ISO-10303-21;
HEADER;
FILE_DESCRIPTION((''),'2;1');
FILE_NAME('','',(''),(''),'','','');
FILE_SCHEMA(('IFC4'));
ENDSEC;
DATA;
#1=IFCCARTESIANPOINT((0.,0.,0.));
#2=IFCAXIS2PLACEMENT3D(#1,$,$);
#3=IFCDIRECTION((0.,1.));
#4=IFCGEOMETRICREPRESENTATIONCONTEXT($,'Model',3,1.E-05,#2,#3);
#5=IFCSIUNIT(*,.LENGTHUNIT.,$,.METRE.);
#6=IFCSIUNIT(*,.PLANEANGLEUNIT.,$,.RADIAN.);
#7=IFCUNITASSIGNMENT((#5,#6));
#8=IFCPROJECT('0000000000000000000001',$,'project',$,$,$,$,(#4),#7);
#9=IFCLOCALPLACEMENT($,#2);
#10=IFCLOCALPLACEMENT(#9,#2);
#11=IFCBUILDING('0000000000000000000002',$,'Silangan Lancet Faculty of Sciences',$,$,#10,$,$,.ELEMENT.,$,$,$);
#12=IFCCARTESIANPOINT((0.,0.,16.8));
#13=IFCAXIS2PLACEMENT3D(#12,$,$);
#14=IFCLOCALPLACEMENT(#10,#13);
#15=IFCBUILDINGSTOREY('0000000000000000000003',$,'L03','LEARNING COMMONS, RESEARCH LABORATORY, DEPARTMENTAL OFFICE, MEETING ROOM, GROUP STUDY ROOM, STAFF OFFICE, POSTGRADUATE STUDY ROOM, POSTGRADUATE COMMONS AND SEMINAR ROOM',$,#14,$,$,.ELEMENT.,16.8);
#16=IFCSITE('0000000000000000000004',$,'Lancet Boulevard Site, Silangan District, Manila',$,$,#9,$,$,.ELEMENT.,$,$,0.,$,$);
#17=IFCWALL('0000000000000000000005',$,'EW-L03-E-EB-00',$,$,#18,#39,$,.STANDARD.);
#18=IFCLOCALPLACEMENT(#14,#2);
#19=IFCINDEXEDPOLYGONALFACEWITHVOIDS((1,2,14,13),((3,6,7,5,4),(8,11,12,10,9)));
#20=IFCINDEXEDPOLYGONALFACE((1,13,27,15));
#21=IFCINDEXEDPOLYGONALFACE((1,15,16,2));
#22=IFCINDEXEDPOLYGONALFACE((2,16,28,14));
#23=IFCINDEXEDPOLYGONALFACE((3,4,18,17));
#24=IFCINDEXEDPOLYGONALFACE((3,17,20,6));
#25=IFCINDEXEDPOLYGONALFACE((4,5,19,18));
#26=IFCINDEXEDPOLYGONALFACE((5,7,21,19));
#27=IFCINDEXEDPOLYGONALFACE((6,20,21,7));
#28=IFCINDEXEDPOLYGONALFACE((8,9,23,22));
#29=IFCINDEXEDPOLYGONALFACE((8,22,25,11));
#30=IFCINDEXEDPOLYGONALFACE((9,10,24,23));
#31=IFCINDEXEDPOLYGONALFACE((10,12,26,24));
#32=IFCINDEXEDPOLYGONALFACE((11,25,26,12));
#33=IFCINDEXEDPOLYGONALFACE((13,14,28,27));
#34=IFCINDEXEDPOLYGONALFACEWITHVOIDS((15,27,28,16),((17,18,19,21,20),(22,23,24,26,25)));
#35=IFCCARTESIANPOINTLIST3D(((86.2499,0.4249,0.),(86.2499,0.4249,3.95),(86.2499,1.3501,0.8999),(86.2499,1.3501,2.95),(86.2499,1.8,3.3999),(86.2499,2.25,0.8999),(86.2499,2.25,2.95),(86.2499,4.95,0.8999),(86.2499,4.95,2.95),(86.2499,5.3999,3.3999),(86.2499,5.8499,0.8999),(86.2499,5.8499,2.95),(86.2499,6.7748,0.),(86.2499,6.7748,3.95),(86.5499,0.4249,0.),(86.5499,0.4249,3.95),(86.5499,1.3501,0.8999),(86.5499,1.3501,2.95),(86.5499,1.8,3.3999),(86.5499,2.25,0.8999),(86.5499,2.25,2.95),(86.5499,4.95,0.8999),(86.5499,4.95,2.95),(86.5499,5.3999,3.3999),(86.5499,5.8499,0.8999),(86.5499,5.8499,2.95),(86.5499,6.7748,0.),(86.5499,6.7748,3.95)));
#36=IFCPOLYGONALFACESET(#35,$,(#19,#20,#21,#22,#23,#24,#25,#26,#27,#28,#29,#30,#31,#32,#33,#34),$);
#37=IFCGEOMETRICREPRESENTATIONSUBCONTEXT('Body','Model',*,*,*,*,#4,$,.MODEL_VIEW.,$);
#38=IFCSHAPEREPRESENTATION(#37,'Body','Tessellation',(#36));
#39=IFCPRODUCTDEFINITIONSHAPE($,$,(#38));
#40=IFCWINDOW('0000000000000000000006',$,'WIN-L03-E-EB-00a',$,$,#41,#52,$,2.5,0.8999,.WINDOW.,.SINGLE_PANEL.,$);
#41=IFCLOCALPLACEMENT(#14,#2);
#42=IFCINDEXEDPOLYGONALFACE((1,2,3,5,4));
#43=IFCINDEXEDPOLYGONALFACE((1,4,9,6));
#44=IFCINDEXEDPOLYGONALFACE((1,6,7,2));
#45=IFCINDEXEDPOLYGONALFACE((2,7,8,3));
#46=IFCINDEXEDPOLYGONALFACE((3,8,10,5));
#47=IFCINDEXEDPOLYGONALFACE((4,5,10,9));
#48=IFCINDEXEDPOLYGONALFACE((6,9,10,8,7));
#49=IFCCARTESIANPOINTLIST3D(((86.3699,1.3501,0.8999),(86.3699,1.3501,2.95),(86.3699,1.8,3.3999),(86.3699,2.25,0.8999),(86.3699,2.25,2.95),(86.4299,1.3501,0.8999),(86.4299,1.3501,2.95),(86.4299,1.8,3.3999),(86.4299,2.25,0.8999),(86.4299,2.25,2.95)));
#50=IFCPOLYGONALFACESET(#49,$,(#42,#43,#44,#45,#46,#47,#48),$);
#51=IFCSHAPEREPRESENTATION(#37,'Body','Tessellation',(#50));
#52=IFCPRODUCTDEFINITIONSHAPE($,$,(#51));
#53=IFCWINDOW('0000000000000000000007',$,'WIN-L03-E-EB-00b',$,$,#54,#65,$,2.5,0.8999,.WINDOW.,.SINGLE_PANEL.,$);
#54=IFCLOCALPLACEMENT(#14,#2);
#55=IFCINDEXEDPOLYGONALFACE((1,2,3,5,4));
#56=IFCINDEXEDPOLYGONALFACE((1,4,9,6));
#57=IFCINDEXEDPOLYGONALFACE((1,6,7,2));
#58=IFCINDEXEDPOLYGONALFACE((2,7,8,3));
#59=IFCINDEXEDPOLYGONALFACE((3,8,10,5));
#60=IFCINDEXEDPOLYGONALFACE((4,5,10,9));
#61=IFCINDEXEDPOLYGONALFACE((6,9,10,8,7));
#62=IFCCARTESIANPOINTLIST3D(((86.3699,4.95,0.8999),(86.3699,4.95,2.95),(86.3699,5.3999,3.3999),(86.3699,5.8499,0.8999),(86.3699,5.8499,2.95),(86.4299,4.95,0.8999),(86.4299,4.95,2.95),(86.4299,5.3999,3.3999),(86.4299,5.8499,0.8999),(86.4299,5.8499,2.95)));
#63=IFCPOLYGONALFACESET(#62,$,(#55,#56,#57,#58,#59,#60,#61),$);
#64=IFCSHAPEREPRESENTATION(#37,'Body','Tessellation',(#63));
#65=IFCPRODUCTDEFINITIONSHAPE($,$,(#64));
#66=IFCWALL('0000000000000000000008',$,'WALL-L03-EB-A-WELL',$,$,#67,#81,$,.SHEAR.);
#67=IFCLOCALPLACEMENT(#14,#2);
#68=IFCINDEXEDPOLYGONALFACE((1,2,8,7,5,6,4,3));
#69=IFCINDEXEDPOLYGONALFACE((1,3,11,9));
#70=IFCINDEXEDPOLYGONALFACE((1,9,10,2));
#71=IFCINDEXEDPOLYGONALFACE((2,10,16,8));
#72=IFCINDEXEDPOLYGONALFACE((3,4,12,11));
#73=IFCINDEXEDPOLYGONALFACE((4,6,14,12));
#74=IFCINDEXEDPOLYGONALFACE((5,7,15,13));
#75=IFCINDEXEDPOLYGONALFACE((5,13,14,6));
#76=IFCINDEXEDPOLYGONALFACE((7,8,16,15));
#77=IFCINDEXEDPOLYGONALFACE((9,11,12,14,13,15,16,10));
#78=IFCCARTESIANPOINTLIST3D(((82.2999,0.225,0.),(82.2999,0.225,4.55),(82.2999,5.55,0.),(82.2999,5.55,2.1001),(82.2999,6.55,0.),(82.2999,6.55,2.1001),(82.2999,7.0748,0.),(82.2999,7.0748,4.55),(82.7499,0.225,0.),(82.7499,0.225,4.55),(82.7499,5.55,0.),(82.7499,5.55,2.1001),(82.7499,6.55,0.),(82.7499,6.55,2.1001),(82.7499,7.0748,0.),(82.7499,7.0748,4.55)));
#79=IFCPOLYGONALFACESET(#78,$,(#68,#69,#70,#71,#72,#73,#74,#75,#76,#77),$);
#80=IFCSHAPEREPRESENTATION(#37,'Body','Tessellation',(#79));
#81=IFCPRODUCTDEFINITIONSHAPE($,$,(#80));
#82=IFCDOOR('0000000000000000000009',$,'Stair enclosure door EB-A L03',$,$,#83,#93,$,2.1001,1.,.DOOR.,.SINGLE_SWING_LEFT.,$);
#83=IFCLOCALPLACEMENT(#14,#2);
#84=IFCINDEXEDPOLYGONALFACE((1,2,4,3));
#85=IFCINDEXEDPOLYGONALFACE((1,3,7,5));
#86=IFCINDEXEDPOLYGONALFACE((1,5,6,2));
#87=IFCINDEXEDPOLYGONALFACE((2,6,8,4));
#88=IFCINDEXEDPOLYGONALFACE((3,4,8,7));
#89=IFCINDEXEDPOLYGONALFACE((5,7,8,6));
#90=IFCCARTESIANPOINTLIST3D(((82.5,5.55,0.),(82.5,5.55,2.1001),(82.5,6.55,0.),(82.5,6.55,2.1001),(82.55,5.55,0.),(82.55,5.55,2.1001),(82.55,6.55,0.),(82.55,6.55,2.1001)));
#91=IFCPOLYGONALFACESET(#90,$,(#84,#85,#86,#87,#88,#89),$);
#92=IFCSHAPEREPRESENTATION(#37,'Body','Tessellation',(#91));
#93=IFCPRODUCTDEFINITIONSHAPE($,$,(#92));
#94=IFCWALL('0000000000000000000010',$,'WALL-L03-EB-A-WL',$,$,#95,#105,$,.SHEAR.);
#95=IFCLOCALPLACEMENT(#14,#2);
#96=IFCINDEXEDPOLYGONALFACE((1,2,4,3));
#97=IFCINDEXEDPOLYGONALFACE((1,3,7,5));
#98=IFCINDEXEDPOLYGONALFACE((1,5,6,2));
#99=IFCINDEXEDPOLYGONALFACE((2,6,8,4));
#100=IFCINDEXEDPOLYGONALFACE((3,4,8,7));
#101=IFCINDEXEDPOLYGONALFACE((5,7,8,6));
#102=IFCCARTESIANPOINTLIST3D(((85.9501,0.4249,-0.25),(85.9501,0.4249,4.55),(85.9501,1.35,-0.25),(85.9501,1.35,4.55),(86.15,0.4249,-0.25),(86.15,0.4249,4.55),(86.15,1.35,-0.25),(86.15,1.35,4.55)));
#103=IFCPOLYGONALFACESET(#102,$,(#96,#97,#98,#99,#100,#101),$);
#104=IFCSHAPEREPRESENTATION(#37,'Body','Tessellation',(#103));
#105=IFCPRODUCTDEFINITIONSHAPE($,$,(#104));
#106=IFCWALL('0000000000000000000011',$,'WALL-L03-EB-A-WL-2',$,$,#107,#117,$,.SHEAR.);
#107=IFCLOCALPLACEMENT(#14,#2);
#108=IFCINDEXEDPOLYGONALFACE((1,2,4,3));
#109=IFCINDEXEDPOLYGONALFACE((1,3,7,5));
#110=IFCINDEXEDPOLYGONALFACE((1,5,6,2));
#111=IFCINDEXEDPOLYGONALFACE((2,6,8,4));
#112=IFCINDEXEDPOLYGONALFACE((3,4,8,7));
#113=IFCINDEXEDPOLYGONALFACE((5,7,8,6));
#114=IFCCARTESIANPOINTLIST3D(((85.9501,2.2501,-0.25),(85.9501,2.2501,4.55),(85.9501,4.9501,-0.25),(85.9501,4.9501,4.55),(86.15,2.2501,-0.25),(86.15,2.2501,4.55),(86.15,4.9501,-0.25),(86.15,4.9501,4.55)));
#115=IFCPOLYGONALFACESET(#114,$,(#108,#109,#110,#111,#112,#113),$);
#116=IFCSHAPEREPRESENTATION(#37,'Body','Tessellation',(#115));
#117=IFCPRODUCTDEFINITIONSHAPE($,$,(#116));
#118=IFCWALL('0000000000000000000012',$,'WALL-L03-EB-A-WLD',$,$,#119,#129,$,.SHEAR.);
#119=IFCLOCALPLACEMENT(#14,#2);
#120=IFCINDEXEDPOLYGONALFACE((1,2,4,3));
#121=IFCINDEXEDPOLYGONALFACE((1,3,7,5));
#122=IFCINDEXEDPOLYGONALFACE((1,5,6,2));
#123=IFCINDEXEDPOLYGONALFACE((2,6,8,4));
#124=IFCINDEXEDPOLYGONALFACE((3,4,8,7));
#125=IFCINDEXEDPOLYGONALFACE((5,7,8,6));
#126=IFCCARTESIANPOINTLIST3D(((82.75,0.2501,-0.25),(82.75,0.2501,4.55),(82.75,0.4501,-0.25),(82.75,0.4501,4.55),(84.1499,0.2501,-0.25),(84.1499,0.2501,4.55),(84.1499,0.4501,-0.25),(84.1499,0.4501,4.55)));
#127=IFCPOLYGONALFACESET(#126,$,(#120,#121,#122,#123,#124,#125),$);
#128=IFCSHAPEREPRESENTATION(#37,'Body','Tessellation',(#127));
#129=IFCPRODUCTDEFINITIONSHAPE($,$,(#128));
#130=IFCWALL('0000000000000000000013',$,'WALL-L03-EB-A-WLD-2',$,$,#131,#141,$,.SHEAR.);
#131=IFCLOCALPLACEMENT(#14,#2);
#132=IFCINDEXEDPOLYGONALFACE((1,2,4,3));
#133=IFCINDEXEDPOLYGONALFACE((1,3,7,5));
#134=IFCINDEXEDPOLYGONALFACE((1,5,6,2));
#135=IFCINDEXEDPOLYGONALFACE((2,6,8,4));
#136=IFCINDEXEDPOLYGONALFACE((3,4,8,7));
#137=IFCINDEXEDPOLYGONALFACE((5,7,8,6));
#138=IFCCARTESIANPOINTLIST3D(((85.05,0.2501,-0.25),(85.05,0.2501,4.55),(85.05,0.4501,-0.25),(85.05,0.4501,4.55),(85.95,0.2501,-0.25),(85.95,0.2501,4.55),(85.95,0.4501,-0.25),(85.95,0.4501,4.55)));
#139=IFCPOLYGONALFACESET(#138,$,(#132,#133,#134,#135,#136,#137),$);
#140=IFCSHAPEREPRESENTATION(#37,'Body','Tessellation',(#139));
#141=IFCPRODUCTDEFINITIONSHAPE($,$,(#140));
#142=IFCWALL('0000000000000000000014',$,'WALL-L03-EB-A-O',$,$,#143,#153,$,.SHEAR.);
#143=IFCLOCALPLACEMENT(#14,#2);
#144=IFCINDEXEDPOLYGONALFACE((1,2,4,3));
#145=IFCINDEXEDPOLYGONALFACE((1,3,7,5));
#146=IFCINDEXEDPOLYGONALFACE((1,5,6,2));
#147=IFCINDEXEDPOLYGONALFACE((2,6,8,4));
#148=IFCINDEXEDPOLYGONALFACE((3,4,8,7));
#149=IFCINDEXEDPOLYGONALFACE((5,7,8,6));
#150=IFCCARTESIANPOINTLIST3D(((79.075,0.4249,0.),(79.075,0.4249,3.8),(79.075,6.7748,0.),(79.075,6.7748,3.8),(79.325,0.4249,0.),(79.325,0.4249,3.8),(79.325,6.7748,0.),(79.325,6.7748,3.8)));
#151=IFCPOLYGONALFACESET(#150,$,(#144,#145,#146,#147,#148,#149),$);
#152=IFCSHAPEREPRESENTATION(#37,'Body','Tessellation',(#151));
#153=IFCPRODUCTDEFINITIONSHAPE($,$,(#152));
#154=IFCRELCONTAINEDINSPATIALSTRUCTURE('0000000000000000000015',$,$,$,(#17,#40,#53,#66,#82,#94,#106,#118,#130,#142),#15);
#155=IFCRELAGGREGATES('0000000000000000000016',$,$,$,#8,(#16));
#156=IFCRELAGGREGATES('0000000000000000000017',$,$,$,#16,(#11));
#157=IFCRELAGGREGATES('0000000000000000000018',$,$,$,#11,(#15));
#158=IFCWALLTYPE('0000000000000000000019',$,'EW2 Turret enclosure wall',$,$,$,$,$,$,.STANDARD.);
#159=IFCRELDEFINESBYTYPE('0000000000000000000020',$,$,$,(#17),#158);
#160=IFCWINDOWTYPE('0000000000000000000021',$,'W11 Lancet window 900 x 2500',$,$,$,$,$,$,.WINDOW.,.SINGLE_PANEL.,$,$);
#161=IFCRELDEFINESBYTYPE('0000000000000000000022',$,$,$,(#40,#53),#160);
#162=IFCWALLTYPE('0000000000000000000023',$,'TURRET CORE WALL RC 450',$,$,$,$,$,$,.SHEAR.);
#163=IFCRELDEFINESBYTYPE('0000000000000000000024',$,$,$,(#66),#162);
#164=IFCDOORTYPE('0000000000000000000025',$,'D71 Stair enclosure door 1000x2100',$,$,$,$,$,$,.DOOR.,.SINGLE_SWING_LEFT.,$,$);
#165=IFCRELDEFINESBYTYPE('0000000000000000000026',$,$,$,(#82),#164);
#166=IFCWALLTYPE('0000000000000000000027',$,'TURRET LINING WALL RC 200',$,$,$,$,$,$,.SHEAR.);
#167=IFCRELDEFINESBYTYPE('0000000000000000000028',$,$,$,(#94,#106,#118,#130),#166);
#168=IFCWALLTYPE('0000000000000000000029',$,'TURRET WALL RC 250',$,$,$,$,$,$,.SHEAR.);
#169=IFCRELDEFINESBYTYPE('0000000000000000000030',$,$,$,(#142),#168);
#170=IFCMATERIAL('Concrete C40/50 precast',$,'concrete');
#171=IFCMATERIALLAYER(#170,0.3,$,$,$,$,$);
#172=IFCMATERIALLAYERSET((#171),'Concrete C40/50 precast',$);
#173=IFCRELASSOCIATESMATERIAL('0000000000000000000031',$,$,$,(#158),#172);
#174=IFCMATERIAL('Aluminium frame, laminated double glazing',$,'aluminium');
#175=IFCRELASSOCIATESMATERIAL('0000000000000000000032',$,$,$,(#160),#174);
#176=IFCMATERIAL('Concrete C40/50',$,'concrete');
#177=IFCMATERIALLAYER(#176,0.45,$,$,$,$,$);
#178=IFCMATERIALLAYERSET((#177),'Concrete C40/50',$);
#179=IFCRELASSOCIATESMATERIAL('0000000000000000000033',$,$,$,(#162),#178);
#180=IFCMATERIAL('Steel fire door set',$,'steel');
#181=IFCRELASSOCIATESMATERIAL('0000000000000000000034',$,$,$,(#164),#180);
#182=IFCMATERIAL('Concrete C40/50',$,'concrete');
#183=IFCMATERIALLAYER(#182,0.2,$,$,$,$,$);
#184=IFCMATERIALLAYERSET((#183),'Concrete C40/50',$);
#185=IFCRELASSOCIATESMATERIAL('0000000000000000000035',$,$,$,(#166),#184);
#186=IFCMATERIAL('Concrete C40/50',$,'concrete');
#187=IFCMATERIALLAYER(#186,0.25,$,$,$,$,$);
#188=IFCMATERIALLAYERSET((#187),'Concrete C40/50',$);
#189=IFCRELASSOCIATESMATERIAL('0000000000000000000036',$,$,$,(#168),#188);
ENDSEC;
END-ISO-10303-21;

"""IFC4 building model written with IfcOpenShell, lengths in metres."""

from ifc_helpers import new_model, si_unit, direction, frame, frame_2d, origin, place, context, subcontext, project, spatial, polyline, rectangle, outline, extrude, material, layer, layer_set, type_object, element, fill, save


model = new_model("IFC4")

# Units and contexts
model_context = context("Model", 3, precision=1e-05, world=origin(), true_north=direction((0.0, 1.0)))
body_context = subcontext(model_context, "Body", "Model", "MODEL_VIEW")
ifc_project = project(units=[si_unit("LENGTHUNIT", "METRE"), si_unit("PLANEANGLEUNIT", "RADIAN")], contexts=[model_context])

# Site, building, storey
site_placement = place(None, origin())
site = spatial("IfcSite", under=ifc_project, at=site_placement, Name="Lancet Boulevard Site, Silangan District, Manila", CompositionType="ELEMENT", RefElevation=0.0)
building_placement = place(site_placement, origin())
building = spatial("IfcBuilding", under=site, at=building_placement, Name="Silangan Lancet Faculty of Sciences", CompositionType="ELEMENT")
storey_placement = place(building_placement, frame((0.0, 0.0, 16.8)))
storey = spatial("IfcBuildingStorey", under=building, at=storey_placement, Name="L03", Description="LEARNING COMMONS, RESEARCH LABORATORY, DEPARTMENTAL OFFICE, MEETING ROOM, GROUP STUDY ROOM, STAFF OFFICE, POSTGRADUATE STUDY ROOM, POSTGRADUATE COMMONS AND SEMINAR ROOM", CompositionType="ELEMENT", Elevation=16.8)

# Shared definitions
ifc_material_1 = material(Name="Concrete C40/50 precast", Category="concrete")
ifc_layer_1 = layer(ifc_material_1, 0.3)
ifc_layer_set_1 = layer_set([ifc_layer_1], Name="Concrete C40/50 precast")
wall_type_1 = type_object("IfcWallType", Name="EW2 Turret enclosure wall", PredefinedType="STANDARD", material=ifc_layer_set_1)
ifc_material_2 = material(Name="Aluminium frame, laminated double glazing", Category="aluminium")
window_type = type_object("IfcWindowType", Name="W11 Lancet window 900 x 2500", PartitioningType="SINGLE_PANEL", PredefinedType="WINDOW", material=ifc_material_2)

# Wall, openings, windows
wall_1_placement = place(storey_placement, frame((86.3999, 0.425, 0.0), z_axis=(0.0, 0.0, 1.0), x_axis=(0.0, 1.0, 0.0)))
wall_1 = element("IfcWall", 1, at=wall_1_placement, inside=storey, type_object=wall_type_1, Name="EW-L03-E-EB-00", PredefinedType="STANDARD", context=body_context, shape_type="SweptSolid", body=[
    extrude(rectangle(XDim=6.3499, YDim=0.3, at=frame_2d((3.1748, 0.0))), origin(), (0.0, 0.0, 1.0), 3.95),
])
opening_1_placement = place(wall_1_placement, frame((0.925, 0.0, 0.8999)))
opening_1 = element("IfcOpeningElement", 2, at=opening_1_placement, cuts=wall_1, PredefinedType="OPENING", context=body_context, shape_type="SweptSolid", body=[
    extrude(outline(polyline([(0.0, 0.0), (0.8999, 0.0), (0.8999, 2.05), (0.45, 2.5), (0.0, 2.05), (0.0, 0.0)])), frame((0.0, 0.1599, 0.0), z_axis=(0.0, -1.0, 0.0), x_axis=(1.0, 0.0, 0.0)), (0.0, 0.0, 1.0), 0.3201),
])
opening_2_placement = place(wall_1_placement, frame((4.5249, 0.0, 0.8999)))
opening_2 = element("IfcOpeningElement", 3, at=opening_2_placement, cuts=wall_1, PredefinedType="OPENING", context=body_context, shape_type="SweptSolid", body=[
    extrude(outline(polyline([(0.0, 0.0), (0.8999, 0.0), (0.8999, 2.05), (0.45, 2.5), (0.0, 2.05), (0.0, 0.0)])), frame((0.0, 0.1599, 0.0), z_axis=(0.0, -1.0, 0.0), x_axis=(1.0, 0.0, 0.0)), (0.0, 0.0, 1.0), 0.3201),
])
window_1_placement = place(opening_1_placement, origin())
window_1 = element("IfcWindow", 4, at=window_1_placement, inside=storey, type_object=window_type, Name="WIN-L03-E-EB-00a", OverallHeight=2.5, OverallWidth=0.8999, PartitioningType="SINGLE_PANEL", PredefinedType="WINDOW", context=body_context, shape_type="SweptSolid", body=[
    extrude(outline(polyline([(0.0, 0.0), (0.8999, 0.0), (0.8999, 2.05), (0.45, 2.5), (0.0, 2.05), (0.0, 0.0)])), frame((0.0, 0.03, 0.0), z_axis=(0.0, -1.0, 0.0), x_axis=(1.0, 0.0, 0.0)), (0.0, 0.0, 1.0), 0.0601),
])
fill(opening_1, window_1)
window_2_placement = place(opening_2_placement, origin())
window_2 = element("IfcWindow", 5, at=window_2_placement, inside=storey, type_object=window_type, Name="WIN-L03-E-EB-00b", OverallHeight=2.5, OverallWidth=0.8999, PartitioningType="SINGLE_PANEL", PredefinedType="WINDOW", context=body_context, shape_type="SweptSolid", body=[
    extrude(outline(polyline([(0.0, 0.0), (0.8999, 0.0), (0.8999, 2.05), (0.45, 2.5), (0.0, 2.05), (0.0, 0.0)])), frame((0.0, 0.03, 0.0), z_axis=(0.0, -1.0, 0.0), x_axis=(1.0, 0.0, 0.0)), (0.0, 0.0, 1.0), 0.0601),
])
fill(opening_2, window_2)

# Wall, opening, door
ifc_material_3 = material(Name="Concrete C40/50", Category="concrete")
ifc_layer_2 = layer(ifc_material_3, 0.45)
ifc_layer_set_2 = layer_set([ifc_layer_2], Name="Concrete C40/50")
wall_type_2 = type_object("IfcWallType", Name="TURRET CORE WALL RC 450", PredefinedType="SHEAR", material=ifc_layer_set_2)
wall_2_placement = place(storey_placement, frame((82.5249, 0.2251, 0.0), z_axis=(0.0, 0.0, 1.0), x_axis=(0.0, 1.0, 0.0)))
wall_2 = element("IfcWall", 6, at=wall_2_placement, inside=storey, type_object=wall_type_2, Name="WALL-L03-EB-A-WELL", PredefinedType="SHEAR", context=body_context, shape_type="SweptSolid", body=[
    extrude(rectangle(XDim=6.8499, YDim=0.45, at=frame_2d((3.4248, 0.0))), origin(), (0.0, 0.0, 1.0), 4.55),
])
opening_3_placement = place(wall_2_placement, frame((5.325, 0.0, 0.0)))
opening_3 = element("IfcOpeningElement", 7, at=opening_3_placement, cuts=wall_2, PredefinedType="OPENING", context=body_context, shape_type="SweptSolid", body=[
    extrude(rectangle(XDim=1.0, YDim=2.1001, at=frame_2d((0.5, 1.05))), frame((0.0, 0.2349, 0.0), z_axis=(0.0, -1.0, 0.0), x_axis=(1.0, 0.0, 0.0)), (0.0, 0.0, 1.0), 0.47),
])
ifc_material_4 = material(Name="Steel fire door set", Category="steel")
door_type_1 = type_object("IfcDoorType", Name="D71 Stair enclosure door 1000x2100", OperationType="SINGLE_SWING_LEFT", PredefinedType="DOOR", material=ifc_material_4)
door_1_placement = place(opening_3_placement, frame((1.0, 0.0, 0.0), z_axis=(0.0, 0.0, 1.0), x_axis=(-1.0, 0.0, 0.0)))
door_1 = element("IfcDoor", 8, at=door_1_placement, inside=storey, type_object=door_type_1, Name="Stair enclosure door EB-A L03", OperationType="SINGLE_SWING_LEFT", OverallHeight=2.1001, OverallWidth=1.0, PredefinedType="DOOR", context=body_context, shape_type="SweptSolid", body=[
    extrude(rectangle(XDim=1.0, YDim=2.1001, at=frame_2d((0.5, 1.05))), frame((0.0, 0.0251, 0.0), z_axis=(0.0, -1.0, 0.0), x_axis=(1.0, 0.0, 0.0)), (0.0, 0.0, 1.0), 0.05),
])
fill(opening_3, door_1)

# Walls
ifc_material_5 = material(Name="Concrete C40/50", Category="concrete")
ifc_layer_3 = layer(ifc_material_5, 0.2)
ifc_layer_set_3 = layer_set([ifc_layer_3], Name="Concrete C40/50")
wall_type_3 = type_object("IfcWallType", Name="TURRET LINING WALL RC 200", PredefinedType="SHEAR", material=ifc_layer_set_3)
wall_3_placement = place(storey_placement, frame((86.05, 0.425, -0.25), z_axis=(0.0, 0.0, 1.0), x_axis=(0.0, 1.0, 0.0)))
element("IfcWall", 9, at=wall_3_placement, inside=storey, type_object=wall_type_3, Name="WALL-L03-EB-A-WL", PredefinedType="SHEAR", context=body_context, shape_type="SweptSolid", body=[
    extrude(rectangle(XDim=0.925, YDim=0.2, at=frame_2d((0.4624, 0.0))), origin(), (0.0, 0.0, 1.0), 4.8),
])
wall_4_placement = place(storey_placement, frame((86.05, 2.25, -0.25), z_axis=(0.0, 0.0, 1.0), x_axis=(0.0, 1.0, 0.0)))
element("IfcWall", 10, at=wall_4_placement, inside=storey, type_object=wall_type_3, Name="WALL-L03-EB-A-WL-2", PredefinedType="SHEAR", context=body_context, shape_type="SweptSolid", body=[
    extrude(rectangle(XDim=2.7, YDim=0.2, at=frame_2d((1.3501, 0.0))), origin(), (0.0, 0.0, 1.0), 4.8),
])
wall_5_placement = place(storey_placement, frame((82.75, 0.3501, -0.25), z_axis=(0.0, 0.0, 1.0), x_axis=(1.0, 0.0, 0.0)))
element("IfcWall", 11, at=wall_5_placement, inside=storey, type_object=wall_type_3, Name="WALL-L03-EB-A-WLD", PredefinedType="SHEAR", context=body_context, shape_type="SweptSolid", body=[
    extrude(rectangle(XDim=1.3999, YDim=0.2, at=frame_2d((0.7, 0.0))), origin(), (0.0, 0.0, 1.0), 4.8),
])
wall_6_placement = place(storey_placement, frame((85.05, 0.3501, -0.25), z_axis=(0.0, 0.0, 1.0), x_axis=(1.0, 0.0, 0.0)))
element("IfcWall", 12, at=wall_6_placement, inside=storey, type_object=wall_type_3, Name="WALL-L03-EB-A-WLD-2", PredefinedType="SHEAR", context=body_context, shape_type="SweptSolid", body=[
    extrude(rectangle(XDim=0.8999, YDim=0.2, at=frame_2d((0.45, 0.0))), origin(), (0.0, 0.0, 1.0), 4.8),
])
ifc_material_6 = material(Name="Concrete C40/50", Category="concrete")
ifc_layer_4 = layer(ifc_material_6, 0.25)
ifc_layer_set_4 = layer_set([ifc_layer_4], Name="Concrete C40/50")
wall_type_4 = type_object("IfcWallType", Name="TURRET WALL RC 250", PredefinedType="SHEAR", material=ifc_layer_set_4)
wall_7_placement = place(storey_placement, frame((79.2, 0.425, 0.0), z_axis=(0.0, 0.0, 1.0), x_axis=(0.0, 1.0, 0.0)))
element("IfcWall", 13, at=wall_7_placement, inside=storey, type_object=wall_type_4, Name="WALL-L03-EB-A-O", PredefinedType="SHEAR", context=body_context, shape_type="SweptSolid", body=[
    extrude(rectangle(XDim=6.3499, YDim=0.25, at=frame_2d((3.1748, 0.0))), origin(), (0.0, 0.0, 1.0), 3.8),
])

save(model, "model.ifc")
